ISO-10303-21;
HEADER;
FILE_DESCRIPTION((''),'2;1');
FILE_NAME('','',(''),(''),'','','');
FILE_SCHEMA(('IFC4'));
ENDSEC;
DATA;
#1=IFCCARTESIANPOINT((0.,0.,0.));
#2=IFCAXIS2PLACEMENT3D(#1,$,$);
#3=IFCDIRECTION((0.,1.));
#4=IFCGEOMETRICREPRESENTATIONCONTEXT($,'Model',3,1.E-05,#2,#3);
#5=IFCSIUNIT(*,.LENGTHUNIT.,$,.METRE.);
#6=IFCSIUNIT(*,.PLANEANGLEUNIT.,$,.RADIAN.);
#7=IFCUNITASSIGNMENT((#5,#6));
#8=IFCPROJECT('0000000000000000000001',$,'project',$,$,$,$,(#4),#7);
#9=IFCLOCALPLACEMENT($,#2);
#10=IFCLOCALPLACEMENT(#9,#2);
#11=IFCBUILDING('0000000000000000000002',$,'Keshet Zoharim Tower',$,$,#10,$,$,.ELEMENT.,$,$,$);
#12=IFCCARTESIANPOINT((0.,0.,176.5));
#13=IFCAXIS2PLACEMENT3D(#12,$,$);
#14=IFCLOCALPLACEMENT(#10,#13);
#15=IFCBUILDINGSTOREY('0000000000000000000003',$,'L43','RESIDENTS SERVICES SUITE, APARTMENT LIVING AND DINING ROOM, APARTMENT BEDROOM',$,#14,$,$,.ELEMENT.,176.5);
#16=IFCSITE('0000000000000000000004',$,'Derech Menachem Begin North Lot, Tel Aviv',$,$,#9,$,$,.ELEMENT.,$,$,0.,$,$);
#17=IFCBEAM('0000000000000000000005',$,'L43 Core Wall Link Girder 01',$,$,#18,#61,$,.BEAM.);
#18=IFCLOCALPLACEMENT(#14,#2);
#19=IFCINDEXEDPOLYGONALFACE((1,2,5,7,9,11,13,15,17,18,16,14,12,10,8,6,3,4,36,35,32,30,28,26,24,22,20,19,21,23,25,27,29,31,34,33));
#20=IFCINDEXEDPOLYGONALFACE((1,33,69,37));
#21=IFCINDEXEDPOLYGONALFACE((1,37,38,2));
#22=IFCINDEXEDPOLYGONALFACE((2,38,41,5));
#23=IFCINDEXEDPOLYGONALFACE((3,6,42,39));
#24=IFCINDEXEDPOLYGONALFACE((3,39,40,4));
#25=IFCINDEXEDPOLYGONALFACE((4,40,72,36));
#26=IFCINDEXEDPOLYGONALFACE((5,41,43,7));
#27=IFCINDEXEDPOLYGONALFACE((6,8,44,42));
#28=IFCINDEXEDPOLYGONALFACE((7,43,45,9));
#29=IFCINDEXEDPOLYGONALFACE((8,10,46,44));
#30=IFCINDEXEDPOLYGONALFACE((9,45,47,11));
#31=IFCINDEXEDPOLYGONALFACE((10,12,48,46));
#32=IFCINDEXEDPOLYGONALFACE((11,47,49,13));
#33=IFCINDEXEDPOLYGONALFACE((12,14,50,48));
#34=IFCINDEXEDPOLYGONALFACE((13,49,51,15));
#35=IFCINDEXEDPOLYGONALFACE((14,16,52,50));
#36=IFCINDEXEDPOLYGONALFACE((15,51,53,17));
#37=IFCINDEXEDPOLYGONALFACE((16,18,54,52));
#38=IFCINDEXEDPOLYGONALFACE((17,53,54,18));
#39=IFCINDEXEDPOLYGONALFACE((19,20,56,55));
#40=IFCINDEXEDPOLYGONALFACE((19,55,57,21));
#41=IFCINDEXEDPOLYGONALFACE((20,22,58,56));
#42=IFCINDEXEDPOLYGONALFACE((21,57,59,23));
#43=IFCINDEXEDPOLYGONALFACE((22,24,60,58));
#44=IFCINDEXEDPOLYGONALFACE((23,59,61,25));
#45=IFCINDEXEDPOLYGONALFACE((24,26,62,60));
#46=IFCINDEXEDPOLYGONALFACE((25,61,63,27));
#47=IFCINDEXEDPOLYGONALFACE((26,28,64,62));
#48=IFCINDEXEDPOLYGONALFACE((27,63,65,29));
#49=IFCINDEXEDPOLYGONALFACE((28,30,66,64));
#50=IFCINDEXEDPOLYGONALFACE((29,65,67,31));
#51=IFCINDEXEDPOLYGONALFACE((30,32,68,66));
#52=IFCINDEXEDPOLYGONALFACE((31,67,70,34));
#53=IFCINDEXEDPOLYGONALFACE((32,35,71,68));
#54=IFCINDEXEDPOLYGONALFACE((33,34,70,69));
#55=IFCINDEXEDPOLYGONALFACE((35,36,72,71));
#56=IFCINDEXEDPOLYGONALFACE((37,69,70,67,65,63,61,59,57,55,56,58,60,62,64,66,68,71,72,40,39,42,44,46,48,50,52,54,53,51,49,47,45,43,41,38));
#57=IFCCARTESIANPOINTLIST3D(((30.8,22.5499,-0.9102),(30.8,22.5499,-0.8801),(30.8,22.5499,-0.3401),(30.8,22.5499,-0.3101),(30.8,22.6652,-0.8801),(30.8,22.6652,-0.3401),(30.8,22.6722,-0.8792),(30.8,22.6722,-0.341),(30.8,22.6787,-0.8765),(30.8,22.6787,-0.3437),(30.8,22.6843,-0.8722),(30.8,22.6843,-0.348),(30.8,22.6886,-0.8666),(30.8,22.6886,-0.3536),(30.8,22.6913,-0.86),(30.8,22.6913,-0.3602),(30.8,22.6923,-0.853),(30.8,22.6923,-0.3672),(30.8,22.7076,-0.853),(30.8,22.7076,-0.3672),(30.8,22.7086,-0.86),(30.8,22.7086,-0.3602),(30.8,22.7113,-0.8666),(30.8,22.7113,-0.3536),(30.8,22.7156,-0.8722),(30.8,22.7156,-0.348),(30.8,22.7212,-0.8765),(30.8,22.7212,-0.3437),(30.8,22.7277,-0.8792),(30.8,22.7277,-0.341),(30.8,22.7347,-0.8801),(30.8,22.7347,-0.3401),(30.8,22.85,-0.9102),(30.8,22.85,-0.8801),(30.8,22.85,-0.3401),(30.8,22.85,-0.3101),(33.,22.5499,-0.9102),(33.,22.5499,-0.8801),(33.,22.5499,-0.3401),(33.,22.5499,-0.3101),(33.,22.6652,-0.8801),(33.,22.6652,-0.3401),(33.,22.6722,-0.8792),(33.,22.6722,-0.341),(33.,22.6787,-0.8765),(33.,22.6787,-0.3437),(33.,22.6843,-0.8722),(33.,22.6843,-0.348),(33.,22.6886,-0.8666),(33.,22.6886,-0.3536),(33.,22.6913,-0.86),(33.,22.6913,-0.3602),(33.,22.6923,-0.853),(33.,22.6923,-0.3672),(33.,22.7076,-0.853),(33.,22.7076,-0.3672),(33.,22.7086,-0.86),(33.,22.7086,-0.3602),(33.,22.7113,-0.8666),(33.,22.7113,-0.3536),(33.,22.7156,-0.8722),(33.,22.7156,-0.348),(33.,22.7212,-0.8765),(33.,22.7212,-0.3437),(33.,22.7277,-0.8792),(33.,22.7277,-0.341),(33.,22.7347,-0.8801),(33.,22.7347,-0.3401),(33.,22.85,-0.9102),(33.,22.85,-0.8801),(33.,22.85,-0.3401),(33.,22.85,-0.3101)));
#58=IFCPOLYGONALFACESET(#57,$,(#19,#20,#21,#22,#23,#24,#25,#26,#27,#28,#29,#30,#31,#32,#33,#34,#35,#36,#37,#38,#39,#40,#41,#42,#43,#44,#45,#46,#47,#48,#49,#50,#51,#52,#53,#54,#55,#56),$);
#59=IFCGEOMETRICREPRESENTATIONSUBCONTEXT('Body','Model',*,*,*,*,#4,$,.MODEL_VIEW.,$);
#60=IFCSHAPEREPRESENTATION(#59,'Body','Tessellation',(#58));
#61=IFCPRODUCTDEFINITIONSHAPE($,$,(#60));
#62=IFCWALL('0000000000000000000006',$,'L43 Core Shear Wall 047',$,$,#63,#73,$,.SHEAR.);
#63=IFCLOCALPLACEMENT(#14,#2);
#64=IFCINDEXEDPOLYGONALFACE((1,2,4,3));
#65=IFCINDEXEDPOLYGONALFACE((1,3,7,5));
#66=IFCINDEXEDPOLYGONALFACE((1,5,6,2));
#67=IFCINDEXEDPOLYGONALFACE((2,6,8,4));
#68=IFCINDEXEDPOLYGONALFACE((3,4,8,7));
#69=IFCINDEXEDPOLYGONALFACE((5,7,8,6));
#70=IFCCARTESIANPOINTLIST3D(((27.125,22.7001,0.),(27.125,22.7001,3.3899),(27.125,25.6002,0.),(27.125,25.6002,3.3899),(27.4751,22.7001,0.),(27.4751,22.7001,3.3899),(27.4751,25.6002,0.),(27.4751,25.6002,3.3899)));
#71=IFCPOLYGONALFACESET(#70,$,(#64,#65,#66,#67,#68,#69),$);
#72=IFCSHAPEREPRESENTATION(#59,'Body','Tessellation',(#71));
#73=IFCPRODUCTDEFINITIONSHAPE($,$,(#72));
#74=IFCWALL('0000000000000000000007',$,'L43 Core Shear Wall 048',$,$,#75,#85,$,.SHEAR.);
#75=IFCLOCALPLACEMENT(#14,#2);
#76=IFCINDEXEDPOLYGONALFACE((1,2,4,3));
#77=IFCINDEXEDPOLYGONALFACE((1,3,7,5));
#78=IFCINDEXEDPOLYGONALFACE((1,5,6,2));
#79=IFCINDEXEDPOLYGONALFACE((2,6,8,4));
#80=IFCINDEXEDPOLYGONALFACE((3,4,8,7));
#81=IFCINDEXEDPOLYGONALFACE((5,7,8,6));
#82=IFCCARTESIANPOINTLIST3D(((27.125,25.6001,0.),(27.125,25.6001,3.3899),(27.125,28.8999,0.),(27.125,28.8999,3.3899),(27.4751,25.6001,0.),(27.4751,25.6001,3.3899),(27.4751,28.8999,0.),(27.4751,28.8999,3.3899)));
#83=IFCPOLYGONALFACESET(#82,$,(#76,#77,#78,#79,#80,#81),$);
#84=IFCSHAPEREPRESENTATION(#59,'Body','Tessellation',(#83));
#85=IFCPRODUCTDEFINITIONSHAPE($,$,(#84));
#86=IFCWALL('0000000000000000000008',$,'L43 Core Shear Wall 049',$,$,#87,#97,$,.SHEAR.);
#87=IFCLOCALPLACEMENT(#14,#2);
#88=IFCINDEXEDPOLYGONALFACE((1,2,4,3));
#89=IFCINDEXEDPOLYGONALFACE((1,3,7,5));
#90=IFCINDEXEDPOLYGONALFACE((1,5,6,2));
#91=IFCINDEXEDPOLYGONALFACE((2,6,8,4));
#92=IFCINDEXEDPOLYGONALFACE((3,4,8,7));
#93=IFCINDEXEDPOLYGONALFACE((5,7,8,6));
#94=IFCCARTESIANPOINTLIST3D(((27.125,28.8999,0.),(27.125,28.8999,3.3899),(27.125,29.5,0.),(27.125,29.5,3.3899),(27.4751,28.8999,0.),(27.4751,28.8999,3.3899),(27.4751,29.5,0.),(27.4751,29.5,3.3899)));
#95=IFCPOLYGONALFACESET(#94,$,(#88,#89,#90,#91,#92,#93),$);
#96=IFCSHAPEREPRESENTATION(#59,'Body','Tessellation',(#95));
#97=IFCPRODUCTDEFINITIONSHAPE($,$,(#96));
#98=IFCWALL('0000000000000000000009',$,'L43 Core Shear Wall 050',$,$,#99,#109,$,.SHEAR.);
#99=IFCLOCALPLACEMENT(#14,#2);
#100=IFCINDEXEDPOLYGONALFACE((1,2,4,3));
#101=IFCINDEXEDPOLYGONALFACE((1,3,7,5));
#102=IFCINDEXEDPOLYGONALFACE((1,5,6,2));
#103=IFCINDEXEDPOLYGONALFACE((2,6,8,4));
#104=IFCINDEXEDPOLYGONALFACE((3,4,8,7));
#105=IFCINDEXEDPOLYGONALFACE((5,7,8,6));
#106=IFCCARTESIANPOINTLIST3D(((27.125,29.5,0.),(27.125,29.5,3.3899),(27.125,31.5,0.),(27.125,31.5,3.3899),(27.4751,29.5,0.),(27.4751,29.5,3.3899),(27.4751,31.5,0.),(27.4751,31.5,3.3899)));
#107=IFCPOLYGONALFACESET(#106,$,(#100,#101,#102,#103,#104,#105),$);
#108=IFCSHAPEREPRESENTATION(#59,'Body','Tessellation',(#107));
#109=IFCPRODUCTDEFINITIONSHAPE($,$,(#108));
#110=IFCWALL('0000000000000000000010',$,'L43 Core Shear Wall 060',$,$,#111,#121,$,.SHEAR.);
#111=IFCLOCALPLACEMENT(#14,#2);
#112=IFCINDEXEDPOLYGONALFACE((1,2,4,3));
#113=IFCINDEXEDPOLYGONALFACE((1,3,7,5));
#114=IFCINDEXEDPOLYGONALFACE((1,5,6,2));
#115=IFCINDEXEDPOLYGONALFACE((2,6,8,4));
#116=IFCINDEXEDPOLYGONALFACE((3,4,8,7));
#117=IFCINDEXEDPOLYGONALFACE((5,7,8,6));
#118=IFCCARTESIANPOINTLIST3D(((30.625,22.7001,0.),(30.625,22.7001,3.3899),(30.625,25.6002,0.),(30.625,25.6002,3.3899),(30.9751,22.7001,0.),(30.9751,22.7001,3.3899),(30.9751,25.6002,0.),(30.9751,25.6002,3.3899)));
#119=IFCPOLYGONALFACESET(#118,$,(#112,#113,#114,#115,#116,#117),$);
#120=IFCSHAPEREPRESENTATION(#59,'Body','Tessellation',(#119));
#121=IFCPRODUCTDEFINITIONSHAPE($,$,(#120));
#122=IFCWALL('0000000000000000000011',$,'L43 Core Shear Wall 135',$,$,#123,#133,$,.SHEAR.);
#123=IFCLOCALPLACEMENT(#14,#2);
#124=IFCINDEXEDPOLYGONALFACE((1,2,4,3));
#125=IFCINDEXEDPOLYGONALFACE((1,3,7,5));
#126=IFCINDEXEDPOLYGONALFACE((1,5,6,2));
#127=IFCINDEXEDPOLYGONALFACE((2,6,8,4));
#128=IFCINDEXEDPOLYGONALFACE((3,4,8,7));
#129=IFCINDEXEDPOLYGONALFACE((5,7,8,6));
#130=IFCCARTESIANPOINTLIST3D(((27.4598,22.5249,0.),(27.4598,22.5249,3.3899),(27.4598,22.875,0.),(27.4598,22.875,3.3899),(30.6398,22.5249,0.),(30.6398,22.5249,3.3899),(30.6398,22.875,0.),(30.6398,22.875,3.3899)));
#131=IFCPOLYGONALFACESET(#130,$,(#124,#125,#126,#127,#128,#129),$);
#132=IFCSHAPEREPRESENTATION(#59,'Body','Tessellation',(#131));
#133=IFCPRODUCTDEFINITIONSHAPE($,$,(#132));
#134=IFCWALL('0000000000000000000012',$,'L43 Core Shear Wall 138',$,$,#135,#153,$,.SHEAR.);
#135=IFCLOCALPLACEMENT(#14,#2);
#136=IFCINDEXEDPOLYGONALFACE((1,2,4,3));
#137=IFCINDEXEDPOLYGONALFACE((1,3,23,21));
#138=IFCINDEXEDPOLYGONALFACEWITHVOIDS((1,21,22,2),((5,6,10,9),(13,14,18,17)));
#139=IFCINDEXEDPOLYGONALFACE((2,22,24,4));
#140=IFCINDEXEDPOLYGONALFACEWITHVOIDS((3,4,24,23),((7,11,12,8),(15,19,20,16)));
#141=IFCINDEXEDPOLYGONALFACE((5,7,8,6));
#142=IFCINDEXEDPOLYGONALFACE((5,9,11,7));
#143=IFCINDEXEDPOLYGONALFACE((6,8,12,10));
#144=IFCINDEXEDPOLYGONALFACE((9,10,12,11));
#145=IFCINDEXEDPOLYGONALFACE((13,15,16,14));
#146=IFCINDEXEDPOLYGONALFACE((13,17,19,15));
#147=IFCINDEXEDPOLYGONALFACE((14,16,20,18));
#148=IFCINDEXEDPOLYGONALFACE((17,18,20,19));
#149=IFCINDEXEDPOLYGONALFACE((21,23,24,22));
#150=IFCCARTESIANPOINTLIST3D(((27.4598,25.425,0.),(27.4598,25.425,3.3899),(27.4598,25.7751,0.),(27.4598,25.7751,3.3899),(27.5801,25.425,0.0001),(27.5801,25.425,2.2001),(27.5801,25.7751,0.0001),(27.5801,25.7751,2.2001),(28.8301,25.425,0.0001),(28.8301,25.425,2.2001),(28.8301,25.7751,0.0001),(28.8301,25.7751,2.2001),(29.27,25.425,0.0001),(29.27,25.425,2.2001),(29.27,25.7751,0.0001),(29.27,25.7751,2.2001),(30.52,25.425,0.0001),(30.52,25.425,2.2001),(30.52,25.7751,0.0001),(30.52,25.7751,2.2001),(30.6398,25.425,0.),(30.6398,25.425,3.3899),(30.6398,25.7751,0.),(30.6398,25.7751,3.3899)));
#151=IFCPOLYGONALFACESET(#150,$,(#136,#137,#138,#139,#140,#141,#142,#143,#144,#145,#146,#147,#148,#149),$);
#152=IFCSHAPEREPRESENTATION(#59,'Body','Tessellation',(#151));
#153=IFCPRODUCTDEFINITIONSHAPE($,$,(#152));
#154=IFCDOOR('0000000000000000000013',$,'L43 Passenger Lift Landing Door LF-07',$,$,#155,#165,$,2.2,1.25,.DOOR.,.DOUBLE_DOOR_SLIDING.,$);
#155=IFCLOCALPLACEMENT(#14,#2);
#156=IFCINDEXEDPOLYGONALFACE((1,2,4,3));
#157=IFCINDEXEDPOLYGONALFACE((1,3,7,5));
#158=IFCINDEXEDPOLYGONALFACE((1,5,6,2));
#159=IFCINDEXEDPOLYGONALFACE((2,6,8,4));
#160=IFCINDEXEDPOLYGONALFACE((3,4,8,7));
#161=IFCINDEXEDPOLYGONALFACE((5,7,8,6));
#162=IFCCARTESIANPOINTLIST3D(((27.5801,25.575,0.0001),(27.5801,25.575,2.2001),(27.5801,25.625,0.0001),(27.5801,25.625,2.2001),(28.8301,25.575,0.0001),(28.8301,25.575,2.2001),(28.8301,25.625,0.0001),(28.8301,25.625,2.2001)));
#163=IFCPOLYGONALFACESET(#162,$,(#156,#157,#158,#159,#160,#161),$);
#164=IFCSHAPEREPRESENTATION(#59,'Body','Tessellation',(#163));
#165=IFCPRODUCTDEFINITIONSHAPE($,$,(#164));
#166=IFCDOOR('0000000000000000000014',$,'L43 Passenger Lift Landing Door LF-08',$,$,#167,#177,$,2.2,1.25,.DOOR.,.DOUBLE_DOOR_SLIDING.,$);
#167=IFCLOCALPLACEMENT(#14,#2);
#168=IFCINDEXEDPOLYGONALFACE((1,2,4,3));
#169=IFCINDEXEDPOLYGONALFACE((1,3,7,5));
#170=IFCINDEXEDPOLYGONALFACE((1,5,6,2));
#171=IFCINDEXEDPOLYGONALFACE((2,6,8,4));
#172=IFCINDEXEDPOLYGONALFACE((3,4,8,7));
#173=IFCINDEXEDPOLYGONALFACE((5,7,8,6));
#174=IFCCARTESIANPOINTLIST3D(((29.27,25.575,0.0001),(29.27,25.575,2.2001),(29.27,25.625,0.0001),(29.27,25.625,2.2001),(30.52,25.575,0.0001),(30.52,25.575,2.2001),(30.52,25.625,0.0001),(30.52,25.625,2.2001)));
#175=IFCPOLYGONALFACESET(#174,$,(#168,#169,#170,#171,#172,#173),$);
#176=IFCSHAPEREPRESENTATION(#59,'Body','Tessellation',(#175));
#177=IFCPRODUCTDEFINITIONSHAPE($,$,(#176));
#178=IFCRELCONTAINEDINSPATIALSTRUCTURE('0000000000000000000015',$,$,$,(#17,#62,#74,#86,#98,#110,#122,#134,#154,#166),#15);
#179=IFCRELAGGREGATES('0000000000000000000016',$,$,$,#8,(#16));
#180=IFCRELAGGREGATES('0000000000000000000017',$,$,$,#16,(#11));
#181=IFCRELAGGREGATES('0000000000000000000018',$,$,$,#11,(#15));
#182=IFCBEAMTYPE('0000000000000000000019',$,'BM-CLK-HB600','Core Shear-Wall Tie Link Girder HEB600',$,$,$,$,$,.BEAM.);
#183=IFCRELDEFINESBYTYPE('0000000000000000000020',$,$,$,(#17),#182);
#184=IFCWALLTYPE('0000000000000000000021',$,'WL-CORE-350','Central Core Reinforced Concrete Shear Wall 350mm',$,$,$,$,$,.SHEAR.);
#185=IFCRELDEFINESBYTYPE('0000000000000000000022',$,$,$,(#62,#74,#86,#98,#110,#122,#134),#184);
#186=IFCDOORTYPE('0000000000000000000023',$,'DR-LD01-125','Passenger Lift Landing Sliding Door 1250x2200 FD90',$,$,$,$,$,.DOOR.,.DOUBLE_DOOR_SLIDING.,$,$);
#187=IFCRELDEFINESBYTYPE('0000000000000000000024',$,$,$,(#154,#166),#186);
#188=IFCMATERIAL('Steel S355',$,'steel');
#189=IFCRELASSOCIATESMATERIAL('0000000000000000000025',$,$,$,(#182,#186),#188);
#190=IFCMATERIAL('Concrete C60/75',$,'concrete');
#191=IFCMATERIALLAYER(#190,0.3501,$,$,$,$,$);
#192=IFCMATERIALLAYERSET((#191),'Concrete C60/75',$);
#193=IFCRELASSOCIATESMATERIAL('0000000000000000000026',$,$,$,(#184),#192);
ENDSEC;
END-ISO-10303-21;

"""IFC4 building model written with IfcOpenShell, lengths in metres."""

from ifc_helpers import new_model, si_unit, direction, frame, frame_2d, origin, origin_2d, place, context, subcontext, project, spatial, rectangle, i_section, extrude, material, layer, layer_set, material_profile, profile_set, type_object, element, fill, save


model = new_model("IFC4")

# Units and contexts
model_context = context("Model", 3, precision=1e-05, world=origin(), true_north=direction((0.0, 1.0)))
body_context = subcontext(model_context, "Body", "Model", "MODEL_VIEW")
ifc_project = project(units=[si_unit("LENGTHUNIT", "METRE"), si_unit("PLANEANGLEUNIT", "RADIAN")], contexts=[model_context])

# Site, building, storey
site_placement = place(None, origin())
site = spatial("IfcSite", under=ifc_project, at=site_placement, Name="Derech Menachem Begin North Lot, Tel Aviv", CompositionType="ELEMENT", RefElevation=0.0)
building_placement = place(site_placement, origin())
building = spatial("IfcBuilding", under=site, at=building_placement, Name="Keshet Zoharim Tower", CompositionType="ELEMENT")
storey_placement = place(building_placement, frame((0.0, 0.0, 176.5)))
storey = spatial("IfcBuildingStorey", under=building, at=storey_placement, Name="L43", Description="RESIDENTS SERVICES SUITE, APARTMENT LIVING AND DINING ROOM, APARTMENT BEDROOM", CompositionType="ELEMENT", Elevation=176.5)

# Beam
ifc_material_1 = material(Name="Steel S355", Category="steel")
ifc_material_profile = material_profile(ifc_material_1, i_section(OverallWidth=0.3, OverallDepth=0.6001, WebThickness=0.0154, FlangeThickness=0.03, FilletRadius=0.0271, at=origin_2d()), Name="HEB600")
ifc_profile_set = profile_set([ifc_material_profile], Name="Steel S355")
beam_type = type_object("IfcBeamType", Name="BM-CLK-HB600", Description="Core Shear-Wall Tie Link Girder HEB600", PredefinedType="BEAM", material=ifc_profile_set)
beam_placement = place(storey_placement, frame((30.8, 22.7, -0.6101), z_axis=(1.0, 0.0, 0.0), x_axis=(0.0, 1.0, 0.0)))
element("IfcBeam", 1, at=beam_placement, inside=storey, type_object=beam_type, Name="L43 Core Wall Link Girder 01", PredefinedType="BEAM", context=body_context, shape_type="SweptSolid", body=[
    extrude(i_section(OverallWidth=0.3, OverallDepth=0.6001, WebThickness=0.0154, FlangeThickness=0.03, FilletRadius=0.0271, at=origin_2d()), origin(), (0.0, 0.0, 1.0), 2.2),
])

# Walls
ifc_material_2 = material(Name="Concrete C60/75", Category="concrete")
ifc_layer_1 = layer(ifc_material_2, 0.3501)
ifc_layer_set_1 = layer_set([ifc_layer_1], Name="Concrete C60/75")
wall_type_1 = type_object("IfcWallType", Name="WL-CORE-350", Description="Central Core Reinforced Concrete Shear Wall 350mm", PredefinedType="SHEAR", material=ifc_layer_set_1)
wall_1_placement = place(storey_placement, frame((27.3, 22.7, 0.0), z_axis=(0.0, 0.0, 1.0), x_axis=(0.0, 1.0, 0.0)))
element("IfcWall", 2, at=wall_1_placement, inside=storey, type_object=wall_type_1, Name="L43 Core Shear Wall 047", PredefinedType="SHEAR", context=body_context, shape_type="SweptSolid", body=[
    extrude(rectangle(XDim=2.9001, YDim=0.3501, at=frame_2d((1.4502, 0.0))), origin(), (0.0, 0.0, 1.0), 3.3899),
])
wall_2_placement = place(storey_placement, frame((27.3, 25.6001, 0.0), z_axis=(0.0, 0.0, 1.0), x_axis=(0.0, 1.0, 0.0)))
element("IfcWall", 3, at=wall_2_placement, inside=storey, type_object=wall_type_1, Name="L43 Core Shear Wall 048", PredefinedType="SHEAR", context=body_context, shape_type="SweptSolid", body=[
    extrude(rectangle(XDim=3.2998, YDim=0.3501, at=frame_2d((1.6499, 0.0))), origin(), (0.0, 0.0, 1.0), 3.3899),
])
wall_3_placement = place(storey_placement, frame((27.3, 28.8999, 0.0), z_axis=(0.0, 0.0, 1.0), x_axis=(0.0, 1.0, 0.0)))
element("IfcWall", 4, at=wall_3_placement, inside=storey, type_object=wall_type_1, Name="L43 Core Shear Wall 049", PredefinedType="SHEAR", context=body_context, shape_type="SweptSolid", body=[
    extrude(rectangle(XDim=0.6001, YDim=0.3501, at=frame_2d((0.3, 0.0))), origin(), (0.0, 0.0, 1.0), 3.3899),
])
wall_4_placement = place(storey_placement, frame((27.3, 29.5, 0.0), z_axis=(0.0, 0.0, 1.0), x_axis=(0.0, 1.0, 0.0)))
element("IfcWall", 5, at=wall_4_placement, inside=storey, type_object=wall_type_1, Name="L43 Core Shear Wall 050", PredefinedType="SHEAR", context=body_context, shape_type="SweptSolid", body=[
    extrude(rectangle(XDim=2.0, YDim=0.3501, at=frame_2d((1.0, 0.0))), origin(), (0.0, 0.0, 1.0), 3.3899),
])
wall_5_placement = place(storey_placement, frame((30.8, 22.7, 0.0), z_axis=(0.0, 0.0, 1.0), x_axis=(0.0, 1.0, 0.0)))
element("IfcWall", 6, at=wall_5_placement, inside=storey, type_object=wall_type_1, Name="L43 Core Shear Wall 060", PredefinedType="SHEAR", context=body_context, shape_type="SweptSolid", body=[
    extrude(rectangle(XDim=2.9001, YDim=0.3501, at=frame_2d((1.4502, 0.0))), origin(), (0.0, 0.0, 1.0), 3.3899),
])
wall_6_placement = place(storey_placement, frame((27.46, 22.7, 0.0), z_axis=(0.0, 0.0, 1.0), x_axis=(1.0, 0.0, 0.0)))
element("IfcWall", 7, at=wall_6_placement, inside=storey, type_object=wall_type_1, Name="L43 Core Shear Wall 135", PredefinedType="SHEAR", context=body_context, shape_type="SweptSolid", body=[
    extrude(rectangle(XDim=3.1799, YDim=0.3501, at=frame_2d((1.5898, 0.0))), origin(), (0.0, 0.0, 1.0), 3.3899),
])

# Wall, openings, doors
wall_7_placement = place(storey_placement, frame((27.46, 25.6001, 0.0), z_axis=(0.0, 0.0, 1.0), x_axis=(1.0, 0.0, 0.0)))
wall_7 = element("IfcWall", 8, at=wall_7_placement, inside=storey, type_object=wall_type_1, Name="L43 Core Shear Wall 138", PredefinedType="SHEAR", context=body_context, shape_type="SweptSolid", body=[
    extrude(rectangle(XDim=3.1799, YDim=0.3501, at=frame_2d((1.5898, 0.0))), origin(), (0.0, 0.0, 1.0), 3.3899),
])
opening_1_placement = place(wall_7_placement, frame((0.1201, 0.0, 0.0)))
opening_1 = element("IfcOpeningElement", 9, at=opening_1_placement, cuts=wall_7, PredefinedType="OPENING", context=body_context, shape_type="SweptSolid", body=[
    extrude(rectangle(XDim=1.25, YDim=2.2, at=frame_2d((0.625, 1.1001))), frame((0.0, 0.1851, 0.0), z_axis=(0.0, -1.0, 0.0), x_axis=(1.0, 0.0, 0.0)), (0.0, 0.0, 1.0), 0.3701),
])
opening_2_placement = place(wall_7_placement, frame((1.8101, 0.0, 0.0)))
opening_2 = element("IfcOpeningElement", 10, at=opening_2_placement, cuts=wall_7, PredefinedType="OPENING", context=body_context, shape_type="SweptSolid", body=[
    extrude(rectangle(XDim=1.25, YDim=2.2, at=frame_2d((0.625, 1.1001))), frame((0.0, 0.1851, 0.0), z_axis=(0.0, -1.0, 0.0), x_axis=(1.0, 0.0, 0.0)), (0.0, 0.0, 1.0), 0.3701),
])
door_type = type_object("IfcDoorType", Name="DR-LD01-125", Description="Passenger Lift Landing Sliding Door 1250x2200 FD90", OperationType="DOUBLE_DOOR_SLIDING", PredefinedType="DOOR", material=ifc_material_1)
door_1_placement = place(opening_1_placement, origin())
door_1 = element("IfcDoor", 11, at=door_1_placement, inside=storey, type_object=door_type, Name="L43 Passenger Lift Landing Door LF-07", OperationType="DOUBLE_DOOR_SLIDING", OverallHeight=2.2, OverallWidth=1.25, PredefinedType="DOOR", context=body_context, shape_type="SweptSolid", body=[
    extrude(rectangle(XDim=1.25, YDim=2.2, at=frame_2d((0.625, 1.1001))), frame((0.0, 0.0249, 0.0), z_axis=(0.0, -1.0, 0.0), x_axis=(1.0, 0.0, 0.0)), (0.0, 0.0, 1.0), 0.05),
])
fill(opening_1, door_1)
door_2_placement = place(opening_2_placement, origin())
door_2 = element("IfcDoor", 12, at=door_2_placement, inside=storey, type_object=door_type, Name="L43 Passenger Lift Landing Door LF-08", OperationType="DOUBLE_DOOR_SLIDING", OverallHeight=2.2, OverallWidth=1.25, PredefinedType="DOOR", context=body_context, shape_type="SweptSolid", body=[
    extrude(rectangle(XDim=1.25, YDim=2.2, at=frame_2d((0.625, 1.1001))), frame((0.0, 0.0249, 0.0), z_axis=(0.0, -1.0, 0.0), x_axis=(1.0, 0.0, 0.0)), (0.0, 0.0, 1.0), 0.05),
])
fill(opening_2, door_2)

save(model, "model.ifc")
